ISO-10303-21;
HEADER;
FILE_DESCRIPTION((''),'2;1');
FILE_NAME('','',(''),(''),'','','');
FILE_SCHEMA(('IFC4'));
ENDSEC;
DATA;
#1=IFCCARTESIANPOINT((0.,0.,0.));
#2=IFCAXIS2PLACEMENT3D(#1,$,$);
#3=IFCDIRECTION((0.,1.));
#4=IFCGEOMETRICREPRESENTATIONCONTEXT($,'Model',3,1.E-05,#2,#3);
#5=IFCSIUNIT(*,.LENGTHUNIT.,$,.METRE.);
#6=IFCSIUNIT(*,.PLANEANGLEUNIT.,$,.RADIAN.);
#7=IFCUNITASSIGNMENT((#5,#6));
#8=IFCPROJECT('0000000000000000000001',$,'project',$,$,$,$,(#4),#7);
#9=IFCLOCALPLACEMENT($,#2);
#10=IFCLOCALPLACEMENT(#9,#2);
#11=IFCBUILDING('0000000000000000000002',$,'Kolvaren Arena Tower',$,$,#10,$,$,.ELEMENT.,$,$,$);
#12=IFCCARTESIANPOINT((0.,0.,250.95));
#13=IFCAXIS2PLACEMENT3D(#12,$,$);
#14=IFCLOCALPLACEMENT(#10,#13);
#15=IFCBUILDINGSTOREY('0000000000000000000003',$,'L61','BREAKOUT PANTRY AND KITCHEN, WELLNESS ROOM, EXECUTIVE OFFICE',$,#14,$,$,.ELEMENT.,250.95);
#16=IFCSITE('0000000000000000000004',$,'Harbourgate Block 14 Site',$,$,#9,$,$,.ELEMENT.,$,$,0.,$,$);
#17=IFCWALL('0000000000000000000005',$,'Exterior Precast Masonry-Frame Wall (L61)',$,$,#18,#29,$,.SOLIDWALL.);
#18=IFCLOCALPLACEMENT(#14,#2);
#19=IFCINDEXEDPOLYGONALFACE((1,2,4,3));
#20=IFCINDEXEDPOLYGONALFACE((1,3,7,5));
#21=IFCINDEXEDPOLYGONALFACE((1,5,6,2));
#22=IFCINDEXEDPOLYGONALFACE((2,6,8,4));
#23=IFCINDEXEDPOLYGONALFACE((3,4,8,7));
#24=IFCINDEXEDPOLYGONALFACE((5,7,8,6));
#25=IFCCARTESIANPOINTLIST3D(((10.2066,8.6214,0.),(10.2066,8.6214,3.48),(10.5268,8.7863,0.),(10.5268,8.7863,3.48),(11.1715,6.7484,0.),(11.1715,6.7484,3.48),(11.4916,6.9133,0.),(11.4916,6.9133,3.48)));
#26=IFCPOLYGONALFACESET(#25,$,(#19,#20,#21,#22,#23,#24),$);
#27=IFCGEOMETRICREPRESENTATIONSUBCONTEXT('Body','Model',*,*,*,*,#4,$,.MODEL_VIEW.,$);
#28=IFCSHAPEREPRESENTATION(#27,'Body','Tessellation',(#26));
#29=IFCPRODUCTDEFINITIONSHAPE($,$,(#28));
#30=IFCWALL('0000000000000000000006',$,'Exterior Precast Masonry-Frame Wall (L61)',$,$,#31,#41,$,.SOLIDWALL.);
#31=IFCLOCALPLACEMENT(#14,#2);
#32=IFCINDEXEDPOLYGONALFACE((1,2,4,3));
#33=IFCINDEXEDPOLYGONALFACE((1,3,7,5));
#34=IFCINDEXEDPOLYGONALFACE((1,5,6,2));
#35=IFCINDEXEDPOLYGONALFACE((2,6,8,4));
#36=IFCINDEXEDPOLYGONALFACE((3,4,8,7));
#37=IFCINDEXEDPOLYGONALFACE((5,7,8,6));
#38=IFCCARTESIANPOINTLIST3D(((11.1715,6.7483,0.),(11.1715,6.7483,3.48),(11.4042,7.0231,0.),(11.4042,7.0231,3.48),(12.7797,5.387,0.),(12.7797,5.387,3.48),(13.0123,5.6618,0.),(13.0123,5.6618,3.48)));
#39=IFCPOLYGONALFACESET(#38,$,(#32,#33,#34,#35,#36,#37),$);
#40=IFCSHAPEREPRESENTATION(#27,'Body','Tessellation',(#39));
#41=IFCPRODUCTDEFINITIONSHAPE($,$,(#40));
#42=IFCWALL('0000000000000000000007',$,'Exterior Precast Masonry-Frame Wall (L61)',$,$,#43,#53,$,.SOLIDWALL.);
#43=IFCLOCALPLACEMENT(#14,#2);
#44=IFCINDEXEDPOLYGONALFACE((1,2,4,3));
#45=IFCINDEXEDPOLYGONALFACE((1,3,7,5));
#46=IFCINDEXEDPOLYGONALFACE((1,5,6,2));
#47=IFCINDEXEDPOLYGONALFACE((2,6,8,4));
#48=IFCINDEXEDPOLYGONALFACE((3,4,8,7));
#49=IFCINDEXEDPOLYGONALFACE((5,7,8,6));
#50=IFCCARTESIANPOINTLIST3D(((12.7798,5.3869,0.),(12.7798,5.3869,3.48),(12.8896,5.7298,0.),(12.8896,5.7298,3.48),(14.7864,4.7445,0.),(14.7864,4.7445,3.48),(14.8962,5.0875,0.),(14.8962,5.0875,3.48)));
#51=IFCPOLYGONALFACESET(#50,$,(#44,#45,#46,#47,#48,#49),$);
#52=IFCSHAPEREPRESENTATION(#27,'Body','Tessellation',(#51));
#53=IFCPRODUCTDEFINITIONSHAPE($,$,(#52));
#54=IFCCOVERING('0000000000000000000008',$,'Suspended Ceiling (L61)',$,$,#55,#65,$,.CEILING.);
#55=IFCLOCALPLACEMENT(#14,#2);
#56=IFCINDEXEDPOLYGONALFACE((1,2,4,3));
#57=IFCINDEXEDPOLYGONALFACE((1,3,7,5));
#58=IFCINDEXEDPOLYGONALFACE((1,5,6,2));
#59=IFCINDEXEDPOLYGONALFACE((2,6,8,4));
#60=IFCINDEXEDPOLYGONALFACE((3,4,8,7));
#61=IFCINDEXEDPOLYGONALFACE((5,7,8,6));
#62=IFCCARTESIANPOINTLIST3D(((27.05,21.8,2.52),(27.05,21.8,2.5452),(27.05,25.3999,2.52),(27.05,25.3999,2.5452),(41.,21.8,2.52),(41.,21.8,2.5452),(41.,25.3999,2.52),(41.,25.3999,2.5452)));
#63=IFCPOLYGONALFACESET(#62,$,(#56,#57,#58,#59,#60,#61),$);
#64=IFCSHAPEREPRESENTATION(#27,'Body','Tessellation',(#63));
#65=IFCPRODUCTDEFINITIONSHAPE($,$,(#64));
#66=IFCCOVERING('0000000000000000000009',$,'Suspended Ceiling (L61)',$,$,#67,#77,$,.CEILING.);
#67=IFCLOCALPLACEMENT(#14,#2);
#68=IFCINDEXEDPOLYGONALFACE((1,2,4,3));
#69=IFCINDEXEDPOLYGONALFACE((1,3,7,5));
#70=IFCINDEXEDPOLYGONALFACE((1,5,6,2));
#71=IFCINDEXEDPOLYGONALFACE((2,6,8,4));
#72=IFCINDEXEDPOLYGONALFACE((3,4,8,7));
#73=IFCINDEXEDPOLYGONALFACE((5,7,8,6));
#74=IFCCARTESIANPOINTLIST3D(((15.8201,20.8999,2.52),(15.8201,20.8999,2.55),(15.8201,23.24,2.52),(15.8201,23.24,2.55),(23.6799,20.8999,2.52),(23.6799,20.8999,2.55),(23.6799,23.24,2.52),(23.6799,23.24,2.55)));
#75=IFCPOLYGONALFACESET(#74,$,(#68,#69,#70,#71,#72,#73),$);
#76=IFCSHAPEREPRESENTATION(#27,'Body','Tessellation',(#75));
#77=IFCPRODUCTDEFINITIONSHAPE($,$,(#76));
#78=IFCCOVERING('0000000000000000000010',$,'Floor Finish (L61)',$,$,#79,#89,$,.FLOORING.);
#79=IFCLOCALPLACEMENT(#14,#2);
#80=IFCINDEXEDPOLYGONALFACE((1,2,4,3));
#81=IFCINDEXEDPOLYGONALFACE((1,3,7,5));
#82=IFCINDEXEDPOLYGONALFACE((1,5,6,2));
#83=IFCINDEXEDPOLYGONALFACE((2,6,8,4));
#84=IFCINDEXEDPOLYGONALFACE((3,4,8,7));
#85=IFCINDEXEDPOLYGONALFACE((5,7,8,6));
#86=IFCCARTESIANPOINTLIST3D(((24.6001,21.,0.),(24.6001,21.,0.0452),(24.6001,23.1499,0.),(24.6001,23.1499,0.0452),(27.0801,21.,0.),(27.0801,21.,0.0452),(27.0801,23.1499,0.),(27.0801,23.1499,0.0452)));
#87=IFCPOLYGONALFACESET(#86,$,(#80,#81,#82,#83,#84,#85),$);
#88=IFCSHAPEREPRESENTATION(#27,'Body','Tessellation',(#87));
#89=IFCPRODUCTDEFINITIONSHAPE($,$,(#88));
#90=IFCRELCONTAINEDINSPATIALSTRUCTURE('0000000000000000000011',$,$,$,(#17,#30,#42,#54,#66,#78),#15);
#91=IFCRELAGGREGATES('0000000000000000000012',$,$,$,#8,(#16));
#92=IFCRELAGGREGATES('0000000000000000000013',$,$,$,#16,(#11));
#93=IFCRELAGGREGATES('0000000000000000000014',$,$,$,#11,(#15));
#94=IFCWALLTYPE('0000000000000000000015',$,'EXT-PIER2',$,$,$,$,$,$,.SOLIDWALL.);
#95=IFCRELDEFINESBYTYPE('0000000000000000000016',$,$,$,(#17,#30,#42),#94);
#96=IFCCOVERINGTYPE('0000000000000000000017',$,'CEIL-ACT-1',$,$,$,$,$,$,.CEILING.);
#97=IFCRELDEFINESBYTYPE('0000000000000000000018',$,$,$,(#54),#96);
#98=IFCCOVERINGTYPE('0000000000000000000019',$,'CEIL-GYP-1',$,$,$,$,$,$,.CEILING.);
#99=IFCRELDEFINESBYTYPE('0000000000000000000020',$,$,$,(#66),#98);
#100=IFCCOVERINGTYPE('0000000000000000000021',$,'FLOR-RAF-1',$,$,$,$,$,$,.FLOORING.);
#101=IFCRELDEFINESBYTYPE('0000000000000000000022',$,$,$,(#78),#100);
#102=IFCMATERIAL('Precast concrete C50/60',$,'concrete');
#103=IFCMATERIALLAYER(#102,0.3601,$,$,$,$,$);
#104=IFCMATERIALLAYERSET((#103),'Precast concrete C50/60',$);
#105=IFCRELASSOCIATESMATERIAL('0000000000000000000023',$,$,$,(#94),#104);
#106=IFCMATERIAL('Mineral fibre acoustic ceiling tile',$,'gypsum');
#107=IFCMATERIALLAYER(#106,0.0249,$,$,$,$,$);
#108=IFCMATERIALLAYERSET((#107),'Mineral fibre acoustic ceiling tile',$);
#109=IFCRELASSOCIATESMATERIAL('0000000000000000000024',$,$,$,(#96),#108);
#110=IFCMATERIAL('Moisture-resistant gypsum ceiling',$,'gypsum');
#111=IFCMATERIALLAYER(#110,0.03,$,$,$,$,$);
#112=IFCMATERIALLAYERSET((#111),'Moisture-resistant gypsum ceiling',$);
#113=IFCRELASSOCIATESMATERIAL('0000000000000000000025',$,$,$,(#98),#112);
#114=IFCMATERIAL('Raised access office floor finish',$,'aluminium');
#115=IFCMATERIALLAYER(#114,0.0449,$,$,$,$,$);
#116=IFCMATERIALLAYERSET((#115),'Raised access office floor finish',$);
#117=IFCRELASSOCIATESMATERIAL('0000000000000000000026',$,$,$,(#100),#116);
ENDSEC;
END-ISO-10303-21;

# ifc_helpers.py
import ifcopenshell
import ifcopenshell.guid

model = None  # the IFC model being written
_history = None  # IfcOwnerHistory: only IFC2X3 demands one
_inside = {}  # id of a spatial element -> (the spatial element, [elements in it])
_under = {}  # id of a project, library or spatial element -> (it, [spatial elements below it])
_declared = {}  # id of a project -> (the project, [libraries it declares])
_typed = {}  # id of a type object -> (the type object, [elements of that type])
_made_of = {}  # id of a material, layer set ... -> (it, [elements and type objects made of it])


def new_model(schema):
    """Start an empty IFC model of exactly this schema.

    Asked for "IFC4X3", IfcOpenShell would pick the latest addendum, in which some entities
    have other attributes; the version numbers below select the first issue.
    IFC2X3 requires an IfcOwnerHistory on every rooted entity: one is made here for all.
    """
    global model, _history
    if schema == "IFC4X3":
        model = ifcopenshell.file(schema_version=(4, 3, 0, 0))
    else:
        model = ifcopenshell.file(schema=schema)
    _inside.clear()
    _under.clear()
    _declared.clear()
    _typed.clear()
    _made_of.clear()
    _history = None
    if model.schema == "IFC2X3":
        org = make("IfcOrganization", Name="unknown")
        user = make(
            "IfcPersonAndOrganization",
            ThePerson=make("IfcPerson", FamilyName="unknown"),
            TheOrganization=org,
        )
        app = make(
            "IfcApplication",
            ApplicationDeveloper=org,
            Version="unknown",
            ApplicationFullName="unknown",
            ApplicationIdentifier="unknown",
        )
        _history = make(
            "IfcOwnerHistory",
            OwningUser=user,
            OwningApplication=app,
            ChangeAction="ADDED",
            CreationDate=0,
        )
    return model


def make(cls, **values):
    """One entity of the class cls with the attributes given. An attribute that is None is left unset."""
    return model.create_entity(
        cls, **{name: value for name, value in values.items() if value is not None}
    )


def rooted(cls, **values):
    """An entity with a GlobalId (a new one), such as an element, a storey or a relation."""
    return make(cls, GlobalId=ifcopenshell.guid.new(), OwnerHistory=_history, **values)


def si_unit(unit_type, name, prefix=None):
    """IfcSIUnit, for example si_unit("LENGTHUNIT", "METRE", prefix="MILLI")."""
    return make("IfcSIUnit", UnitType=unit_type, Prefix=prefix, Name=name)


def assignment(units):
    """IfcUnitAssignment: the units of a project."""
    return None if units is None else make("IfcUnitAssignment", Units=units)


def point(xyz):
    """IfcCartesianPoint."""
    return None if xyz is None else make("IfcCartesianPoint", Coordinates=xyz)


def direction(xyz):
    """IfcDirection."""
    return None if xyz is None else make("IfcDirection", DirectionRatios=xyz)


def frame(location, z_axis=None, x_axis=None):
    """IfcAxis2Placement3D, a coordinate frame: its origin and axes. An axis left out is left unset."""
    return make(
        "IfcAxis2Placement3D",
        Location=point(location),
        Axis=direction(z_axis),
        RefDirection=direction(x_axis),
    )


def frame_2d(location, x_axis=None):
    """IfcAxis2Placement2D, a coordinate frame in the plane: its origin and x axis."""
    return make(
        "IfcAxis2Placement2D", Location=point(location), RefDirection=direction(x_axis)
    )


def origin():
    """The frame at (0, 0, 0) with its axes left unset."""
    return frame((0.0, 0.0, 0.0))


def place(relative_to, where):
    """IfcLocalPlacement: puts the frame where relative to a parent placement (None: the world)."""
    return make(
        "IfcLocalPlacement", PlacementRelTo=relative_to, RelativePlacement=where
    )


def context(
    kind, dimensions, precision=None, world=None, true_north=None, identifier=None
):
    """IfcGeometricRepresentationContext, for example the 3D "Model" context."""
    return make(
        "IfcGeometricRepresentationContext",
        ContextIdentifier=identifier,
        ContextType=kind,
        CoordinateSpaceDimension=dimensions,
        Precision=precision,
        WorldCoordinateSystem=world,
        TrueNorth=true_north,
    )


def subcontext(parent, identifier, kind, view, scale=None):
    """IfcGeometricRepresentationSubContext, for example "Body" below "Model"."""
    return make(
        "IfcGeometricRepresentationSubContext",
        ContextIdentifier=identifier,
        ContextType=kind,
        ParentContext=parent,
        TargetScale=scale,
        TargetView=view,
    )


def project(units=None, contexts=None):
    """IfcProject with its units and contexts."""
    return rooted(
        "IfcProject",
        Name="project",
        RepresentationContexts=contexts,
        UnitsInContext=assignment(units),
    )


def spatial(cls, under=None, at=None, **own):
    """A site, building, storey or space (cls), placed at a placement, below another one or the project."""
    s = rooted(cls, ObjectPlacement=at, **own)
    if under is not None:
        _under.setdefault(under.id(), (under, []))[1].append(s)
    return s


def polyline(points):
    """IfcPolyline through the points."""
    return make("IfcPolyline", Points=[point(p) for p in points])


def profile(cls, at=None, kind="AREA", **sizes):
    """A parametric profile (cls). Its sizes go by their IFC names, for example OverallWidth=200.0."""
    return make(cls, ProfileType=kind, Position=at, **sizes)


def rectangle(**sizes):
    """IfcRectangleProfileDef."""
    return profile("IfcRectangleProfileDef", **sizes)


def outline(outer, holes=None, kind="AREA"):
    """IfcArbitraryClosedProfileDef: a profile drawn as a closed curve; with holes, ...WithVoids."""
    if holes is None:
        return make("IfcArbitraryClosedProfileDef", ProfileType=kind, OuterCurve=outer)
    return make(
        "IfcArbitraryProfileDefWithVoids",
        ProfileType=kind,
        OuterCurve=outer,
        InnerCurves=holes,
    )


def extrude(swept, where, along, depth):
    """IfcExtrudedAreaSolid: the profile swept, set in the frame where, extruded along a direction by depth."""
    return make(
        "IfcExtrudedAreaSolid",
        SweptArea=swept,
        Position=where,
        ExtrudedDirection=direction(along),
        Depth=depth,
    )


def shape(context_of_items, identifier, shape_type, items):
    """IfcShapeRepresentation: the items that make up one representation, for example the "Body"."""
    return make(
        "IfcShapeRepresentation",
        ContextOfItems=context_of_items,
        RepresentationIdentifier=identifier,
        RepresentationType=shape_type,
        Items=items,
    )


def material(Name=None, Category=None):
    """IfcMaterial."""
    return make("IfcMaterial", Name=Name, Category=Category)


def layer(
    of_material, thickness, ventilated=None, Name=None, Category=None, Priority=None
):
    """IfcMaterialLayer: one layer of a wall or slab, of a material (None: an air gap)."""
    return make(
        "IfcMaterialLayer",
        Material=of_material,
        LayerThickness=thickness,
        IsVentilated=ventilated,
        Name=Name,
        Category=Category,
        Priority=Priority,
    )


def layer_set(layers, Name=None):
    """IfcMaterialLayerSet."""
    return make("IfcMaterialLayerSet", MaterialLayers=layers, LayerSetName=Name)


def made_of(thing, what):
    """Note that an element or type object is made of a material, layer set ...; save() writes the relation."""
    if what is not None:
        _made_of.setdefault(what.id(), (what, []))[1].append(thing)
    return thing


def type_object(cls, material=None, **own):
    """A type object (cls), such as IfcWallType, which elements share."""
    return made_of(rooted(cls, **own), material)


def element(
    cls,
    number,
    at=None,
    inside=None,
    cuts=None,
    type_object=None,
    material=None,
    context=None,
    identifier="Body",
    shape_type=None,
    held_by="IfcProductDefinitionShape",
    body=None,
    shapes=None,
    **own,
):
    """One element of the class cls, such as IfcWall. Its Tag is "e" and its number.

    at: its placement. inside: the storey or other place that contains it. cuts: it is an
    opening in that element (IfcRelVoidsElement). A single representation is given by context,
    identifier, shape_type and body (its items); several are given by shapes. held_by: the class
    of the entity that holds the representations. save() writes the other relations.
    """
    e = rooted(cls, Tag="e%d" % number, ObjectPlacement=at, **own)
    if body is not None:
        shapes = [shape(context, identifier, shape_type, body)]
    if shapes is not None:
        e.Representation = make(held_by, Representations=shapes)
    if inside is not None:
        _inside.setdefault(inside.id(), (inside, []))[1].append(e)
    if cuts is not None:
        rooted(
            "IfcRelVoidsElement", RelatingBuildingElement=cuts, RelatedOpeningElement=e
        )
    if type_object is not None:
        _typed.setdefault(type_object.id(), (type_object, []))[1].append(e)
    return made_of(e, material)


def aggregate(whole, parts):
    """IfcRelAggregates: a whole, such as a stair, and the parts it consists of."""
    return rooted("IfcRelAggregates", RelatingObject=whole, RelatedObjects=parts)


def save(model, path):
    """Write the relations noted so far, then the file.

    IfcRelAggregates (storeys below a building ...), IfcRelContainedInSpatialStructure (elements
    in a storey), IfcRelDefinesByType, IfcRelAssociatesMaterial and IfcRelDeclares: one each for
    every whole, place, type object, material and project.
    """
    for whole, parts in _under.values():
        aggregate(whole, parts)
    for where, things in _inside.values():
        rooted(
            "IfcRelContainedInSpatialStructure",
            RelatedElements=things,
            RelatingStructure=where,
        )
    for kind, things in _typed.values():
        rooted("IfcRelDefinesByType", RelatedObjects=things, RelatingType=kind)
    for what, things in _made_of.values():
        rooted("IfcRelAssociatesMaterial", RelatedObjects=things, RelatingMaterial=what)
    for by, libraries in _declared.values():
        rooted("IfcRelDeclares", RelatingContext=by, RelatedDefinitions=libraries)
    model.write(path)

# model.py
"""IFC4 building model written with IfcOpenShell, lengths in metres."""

from ifc_helpers import new_model, si_unit, direction, frame, frame_2d, origin, place, context, subcontext, project, spatial, polyline, rectangle, outline, extrude, material, layer, layer_set, type_object, element, save


model = new_model("IFC4")

# Units and contexts
model_context = context("Model", 3, precision=1e-05, world=origin(), true_north=direction((0.0, 1.0)))
body_context = subcontext(model_context, "Body", "Model", "MODEL_VIEW")
ifc_project = project(units=[si_unit("LENGTHUNIT", "METRE"), si_unit("PLANEANGLEUNIT", "RADIAN")], contexts=[model_context])

# Site, building, storey
site_placement = place(None, origin())
site = spatial("IfcSite", under=ifc_project, at=site_placement, Name="Harbourgate Block 14 Site", CompositionType="ELEMENT", RefElevation=0.0)
building_placement = place(site_placement, origin())
building = spatial("IfcBuilding", under=site, at=building_placement, Name="Kolvaren Arena Tower", CompositionType="ELEMENT")
storey_placement = place(building_placement, frame((0.0, 0.0, 250.95)))
storey = spatial("IfcBuildingStorey", under=building, at=storey_placement, Name="L61", Description="BREAKOUT PANTRY AND KITCHEN, WELLNESS ROOM, EXECUTIVE OFFICE", CompositionType="ELEMENT", Elevation=250.95)

# Shared definitions
ifc_material_1 = material(Name="Precast concrete C50/60", Category="concrete")
ifc_layer_1 = layer(ifc_material_1, 0.3601)
ifc_layer_set_1 = layer_set([ifc_layer_1], Name="Precast concrete C50/60")
wall_type = type_object("IfcWallType", Name="EXT-PIER2", PredefinedType="SOLIDWALL", material=ifc_layer_set_1)

# Walls
for number, where, z_axis, x_axis, name in (
    (1, (11.3315, 6.8308, 0.0), (0.0, 0.0, 1.0), (-0.457934, 0.888986, 0.0), "Exterior Precast Masonry-Frame Wall (L61)"),
    (2, (12.896, 5.5244, 0.0), (0.0, 0.0, 1.0), (-0.76325, 0.646103, 0.0), "Exterior Precast Masonry-Frame Wall (L61)"),
    (3, (14.8413, 4.916, 0.0), (0.0, 0.0, 1.0), (-0.952393, 0.304872, 0.0), "Exterior Precast Masonry-Frame Wall (L61)"),
):
    element("IfcWall", number, at=place(storey_placement, frame(where, z_axis=z_axis, x_axis=x_axis)), inside=storey, type_object=wall_type, Name=name, PredefinedType="SOLIDWALL", context=body_context, shape_type="SweptSolid", body=[
        extrude(rectangle(XDim=2.1069, YDim=0.3601, at=frame_2d((1.0535, 0.0))), origin(), (0.0, 0.0, 1.0), 3.48),
    ])

# Coverings
ifc_material_2 = material(Name="Mineral fibre acoustic ceiling tile", Category="gypsum")
ifc_layer_2 = layer(ifc_material_2, 0.0249)
ifc_layer_set_2 = layer_set([ifc_layer_2], Name="Mineral fibre acoustic ceiling tile")
covering_type_1 = type_object("IfcCoveringType", Name="CEIL-ACT-1", PredefinedType="CEILING", material=ifc_layer_set_2)
covering_1_placement = place(storey_placement, frame((0.0, 0.0, 2.52)))
element("IfcCovering", 4, at=covering_1_placement, inside=storey, type_object=covering_type_1, Name="Suspended Ceiling (L61)", PredefinedType="CEILING", context=body_context, shape_type="SweptSolid", body=[
    extrude(outline(polyline([(27.05, 21.8), (27.05, 25.3999), (41.0, 25.3999), (41.0, 21.8), (27.05, 21.8)])), origin(), (0.0, 0.0, 1.0), 0.0251),
])
ifc_material_3 = material(Name="Moisture-resistant gypsum ceiling", Category="gypsum")
ifc_layer_3 = layer(ifc_material_3, 0.03)
ifc_layer_set_3 = layer_set([ifc_layer_3], Name="Moisture-resistant gypsum ceiling")
covering_type_2 = type_object("IfcCoveringType", Name="CEIL-GYP-1", PredefinedType="CEILING", material=ifc_layer_set_3)
covering_2_placement = place(storey_placement, frame((0.0, 0.0, 2.52)))
element("IfcCovering", 5, at=covering_2_placement, inside=storey, type_object=covering_type_2, Name="Suspended Ceiling (L61)", PredefinedType="CEILING", context=body_context, shape_type="SweptSolid", body=[
    extrude(outline(polyline([(15.8201, 20.8999), (15.8201, 23.24), (23.6799, 23.24), (23.6799, 20.8999), (15.8201, 20.8999)])), origin(), (0.0, 0.0, 1.0), 0.03),
])
ifc_material_4 = material(Name="Raised access office floor finish", Category="aluminium")
ifc_layer_4 = layer(ifc_material_4, 0.0449)
ifc_layer_set_4 = layer_set([ifc_layer_4], Name="Raised access office floor finish")
covering_type_3 = type_object("IfcCoveringType", Name="FLOR-RAF-1", PredefinedType="FLOORING", material=ifc_layer_set_4)
covering_3_placement = place(storey_placement, origin())
element("IfcCovering", 6, at=covering_3_placement, inside=storey, type_object=covering_type_3, Name="Floor Finish (L61)", PredefinedType="FLOORING", context=body_context, shape_type="SweptSolid", body=[
    extrude(outline(polyline([(24.6001, 21.0), (24.6001, 23.1499), (27.0801, 23.1499), (27.0801, 21.0), (24.6001, 21.0)])), origin(), (0.0, 0.0, 1.0), 0.0452),
])

save(model, "model.ifc")
